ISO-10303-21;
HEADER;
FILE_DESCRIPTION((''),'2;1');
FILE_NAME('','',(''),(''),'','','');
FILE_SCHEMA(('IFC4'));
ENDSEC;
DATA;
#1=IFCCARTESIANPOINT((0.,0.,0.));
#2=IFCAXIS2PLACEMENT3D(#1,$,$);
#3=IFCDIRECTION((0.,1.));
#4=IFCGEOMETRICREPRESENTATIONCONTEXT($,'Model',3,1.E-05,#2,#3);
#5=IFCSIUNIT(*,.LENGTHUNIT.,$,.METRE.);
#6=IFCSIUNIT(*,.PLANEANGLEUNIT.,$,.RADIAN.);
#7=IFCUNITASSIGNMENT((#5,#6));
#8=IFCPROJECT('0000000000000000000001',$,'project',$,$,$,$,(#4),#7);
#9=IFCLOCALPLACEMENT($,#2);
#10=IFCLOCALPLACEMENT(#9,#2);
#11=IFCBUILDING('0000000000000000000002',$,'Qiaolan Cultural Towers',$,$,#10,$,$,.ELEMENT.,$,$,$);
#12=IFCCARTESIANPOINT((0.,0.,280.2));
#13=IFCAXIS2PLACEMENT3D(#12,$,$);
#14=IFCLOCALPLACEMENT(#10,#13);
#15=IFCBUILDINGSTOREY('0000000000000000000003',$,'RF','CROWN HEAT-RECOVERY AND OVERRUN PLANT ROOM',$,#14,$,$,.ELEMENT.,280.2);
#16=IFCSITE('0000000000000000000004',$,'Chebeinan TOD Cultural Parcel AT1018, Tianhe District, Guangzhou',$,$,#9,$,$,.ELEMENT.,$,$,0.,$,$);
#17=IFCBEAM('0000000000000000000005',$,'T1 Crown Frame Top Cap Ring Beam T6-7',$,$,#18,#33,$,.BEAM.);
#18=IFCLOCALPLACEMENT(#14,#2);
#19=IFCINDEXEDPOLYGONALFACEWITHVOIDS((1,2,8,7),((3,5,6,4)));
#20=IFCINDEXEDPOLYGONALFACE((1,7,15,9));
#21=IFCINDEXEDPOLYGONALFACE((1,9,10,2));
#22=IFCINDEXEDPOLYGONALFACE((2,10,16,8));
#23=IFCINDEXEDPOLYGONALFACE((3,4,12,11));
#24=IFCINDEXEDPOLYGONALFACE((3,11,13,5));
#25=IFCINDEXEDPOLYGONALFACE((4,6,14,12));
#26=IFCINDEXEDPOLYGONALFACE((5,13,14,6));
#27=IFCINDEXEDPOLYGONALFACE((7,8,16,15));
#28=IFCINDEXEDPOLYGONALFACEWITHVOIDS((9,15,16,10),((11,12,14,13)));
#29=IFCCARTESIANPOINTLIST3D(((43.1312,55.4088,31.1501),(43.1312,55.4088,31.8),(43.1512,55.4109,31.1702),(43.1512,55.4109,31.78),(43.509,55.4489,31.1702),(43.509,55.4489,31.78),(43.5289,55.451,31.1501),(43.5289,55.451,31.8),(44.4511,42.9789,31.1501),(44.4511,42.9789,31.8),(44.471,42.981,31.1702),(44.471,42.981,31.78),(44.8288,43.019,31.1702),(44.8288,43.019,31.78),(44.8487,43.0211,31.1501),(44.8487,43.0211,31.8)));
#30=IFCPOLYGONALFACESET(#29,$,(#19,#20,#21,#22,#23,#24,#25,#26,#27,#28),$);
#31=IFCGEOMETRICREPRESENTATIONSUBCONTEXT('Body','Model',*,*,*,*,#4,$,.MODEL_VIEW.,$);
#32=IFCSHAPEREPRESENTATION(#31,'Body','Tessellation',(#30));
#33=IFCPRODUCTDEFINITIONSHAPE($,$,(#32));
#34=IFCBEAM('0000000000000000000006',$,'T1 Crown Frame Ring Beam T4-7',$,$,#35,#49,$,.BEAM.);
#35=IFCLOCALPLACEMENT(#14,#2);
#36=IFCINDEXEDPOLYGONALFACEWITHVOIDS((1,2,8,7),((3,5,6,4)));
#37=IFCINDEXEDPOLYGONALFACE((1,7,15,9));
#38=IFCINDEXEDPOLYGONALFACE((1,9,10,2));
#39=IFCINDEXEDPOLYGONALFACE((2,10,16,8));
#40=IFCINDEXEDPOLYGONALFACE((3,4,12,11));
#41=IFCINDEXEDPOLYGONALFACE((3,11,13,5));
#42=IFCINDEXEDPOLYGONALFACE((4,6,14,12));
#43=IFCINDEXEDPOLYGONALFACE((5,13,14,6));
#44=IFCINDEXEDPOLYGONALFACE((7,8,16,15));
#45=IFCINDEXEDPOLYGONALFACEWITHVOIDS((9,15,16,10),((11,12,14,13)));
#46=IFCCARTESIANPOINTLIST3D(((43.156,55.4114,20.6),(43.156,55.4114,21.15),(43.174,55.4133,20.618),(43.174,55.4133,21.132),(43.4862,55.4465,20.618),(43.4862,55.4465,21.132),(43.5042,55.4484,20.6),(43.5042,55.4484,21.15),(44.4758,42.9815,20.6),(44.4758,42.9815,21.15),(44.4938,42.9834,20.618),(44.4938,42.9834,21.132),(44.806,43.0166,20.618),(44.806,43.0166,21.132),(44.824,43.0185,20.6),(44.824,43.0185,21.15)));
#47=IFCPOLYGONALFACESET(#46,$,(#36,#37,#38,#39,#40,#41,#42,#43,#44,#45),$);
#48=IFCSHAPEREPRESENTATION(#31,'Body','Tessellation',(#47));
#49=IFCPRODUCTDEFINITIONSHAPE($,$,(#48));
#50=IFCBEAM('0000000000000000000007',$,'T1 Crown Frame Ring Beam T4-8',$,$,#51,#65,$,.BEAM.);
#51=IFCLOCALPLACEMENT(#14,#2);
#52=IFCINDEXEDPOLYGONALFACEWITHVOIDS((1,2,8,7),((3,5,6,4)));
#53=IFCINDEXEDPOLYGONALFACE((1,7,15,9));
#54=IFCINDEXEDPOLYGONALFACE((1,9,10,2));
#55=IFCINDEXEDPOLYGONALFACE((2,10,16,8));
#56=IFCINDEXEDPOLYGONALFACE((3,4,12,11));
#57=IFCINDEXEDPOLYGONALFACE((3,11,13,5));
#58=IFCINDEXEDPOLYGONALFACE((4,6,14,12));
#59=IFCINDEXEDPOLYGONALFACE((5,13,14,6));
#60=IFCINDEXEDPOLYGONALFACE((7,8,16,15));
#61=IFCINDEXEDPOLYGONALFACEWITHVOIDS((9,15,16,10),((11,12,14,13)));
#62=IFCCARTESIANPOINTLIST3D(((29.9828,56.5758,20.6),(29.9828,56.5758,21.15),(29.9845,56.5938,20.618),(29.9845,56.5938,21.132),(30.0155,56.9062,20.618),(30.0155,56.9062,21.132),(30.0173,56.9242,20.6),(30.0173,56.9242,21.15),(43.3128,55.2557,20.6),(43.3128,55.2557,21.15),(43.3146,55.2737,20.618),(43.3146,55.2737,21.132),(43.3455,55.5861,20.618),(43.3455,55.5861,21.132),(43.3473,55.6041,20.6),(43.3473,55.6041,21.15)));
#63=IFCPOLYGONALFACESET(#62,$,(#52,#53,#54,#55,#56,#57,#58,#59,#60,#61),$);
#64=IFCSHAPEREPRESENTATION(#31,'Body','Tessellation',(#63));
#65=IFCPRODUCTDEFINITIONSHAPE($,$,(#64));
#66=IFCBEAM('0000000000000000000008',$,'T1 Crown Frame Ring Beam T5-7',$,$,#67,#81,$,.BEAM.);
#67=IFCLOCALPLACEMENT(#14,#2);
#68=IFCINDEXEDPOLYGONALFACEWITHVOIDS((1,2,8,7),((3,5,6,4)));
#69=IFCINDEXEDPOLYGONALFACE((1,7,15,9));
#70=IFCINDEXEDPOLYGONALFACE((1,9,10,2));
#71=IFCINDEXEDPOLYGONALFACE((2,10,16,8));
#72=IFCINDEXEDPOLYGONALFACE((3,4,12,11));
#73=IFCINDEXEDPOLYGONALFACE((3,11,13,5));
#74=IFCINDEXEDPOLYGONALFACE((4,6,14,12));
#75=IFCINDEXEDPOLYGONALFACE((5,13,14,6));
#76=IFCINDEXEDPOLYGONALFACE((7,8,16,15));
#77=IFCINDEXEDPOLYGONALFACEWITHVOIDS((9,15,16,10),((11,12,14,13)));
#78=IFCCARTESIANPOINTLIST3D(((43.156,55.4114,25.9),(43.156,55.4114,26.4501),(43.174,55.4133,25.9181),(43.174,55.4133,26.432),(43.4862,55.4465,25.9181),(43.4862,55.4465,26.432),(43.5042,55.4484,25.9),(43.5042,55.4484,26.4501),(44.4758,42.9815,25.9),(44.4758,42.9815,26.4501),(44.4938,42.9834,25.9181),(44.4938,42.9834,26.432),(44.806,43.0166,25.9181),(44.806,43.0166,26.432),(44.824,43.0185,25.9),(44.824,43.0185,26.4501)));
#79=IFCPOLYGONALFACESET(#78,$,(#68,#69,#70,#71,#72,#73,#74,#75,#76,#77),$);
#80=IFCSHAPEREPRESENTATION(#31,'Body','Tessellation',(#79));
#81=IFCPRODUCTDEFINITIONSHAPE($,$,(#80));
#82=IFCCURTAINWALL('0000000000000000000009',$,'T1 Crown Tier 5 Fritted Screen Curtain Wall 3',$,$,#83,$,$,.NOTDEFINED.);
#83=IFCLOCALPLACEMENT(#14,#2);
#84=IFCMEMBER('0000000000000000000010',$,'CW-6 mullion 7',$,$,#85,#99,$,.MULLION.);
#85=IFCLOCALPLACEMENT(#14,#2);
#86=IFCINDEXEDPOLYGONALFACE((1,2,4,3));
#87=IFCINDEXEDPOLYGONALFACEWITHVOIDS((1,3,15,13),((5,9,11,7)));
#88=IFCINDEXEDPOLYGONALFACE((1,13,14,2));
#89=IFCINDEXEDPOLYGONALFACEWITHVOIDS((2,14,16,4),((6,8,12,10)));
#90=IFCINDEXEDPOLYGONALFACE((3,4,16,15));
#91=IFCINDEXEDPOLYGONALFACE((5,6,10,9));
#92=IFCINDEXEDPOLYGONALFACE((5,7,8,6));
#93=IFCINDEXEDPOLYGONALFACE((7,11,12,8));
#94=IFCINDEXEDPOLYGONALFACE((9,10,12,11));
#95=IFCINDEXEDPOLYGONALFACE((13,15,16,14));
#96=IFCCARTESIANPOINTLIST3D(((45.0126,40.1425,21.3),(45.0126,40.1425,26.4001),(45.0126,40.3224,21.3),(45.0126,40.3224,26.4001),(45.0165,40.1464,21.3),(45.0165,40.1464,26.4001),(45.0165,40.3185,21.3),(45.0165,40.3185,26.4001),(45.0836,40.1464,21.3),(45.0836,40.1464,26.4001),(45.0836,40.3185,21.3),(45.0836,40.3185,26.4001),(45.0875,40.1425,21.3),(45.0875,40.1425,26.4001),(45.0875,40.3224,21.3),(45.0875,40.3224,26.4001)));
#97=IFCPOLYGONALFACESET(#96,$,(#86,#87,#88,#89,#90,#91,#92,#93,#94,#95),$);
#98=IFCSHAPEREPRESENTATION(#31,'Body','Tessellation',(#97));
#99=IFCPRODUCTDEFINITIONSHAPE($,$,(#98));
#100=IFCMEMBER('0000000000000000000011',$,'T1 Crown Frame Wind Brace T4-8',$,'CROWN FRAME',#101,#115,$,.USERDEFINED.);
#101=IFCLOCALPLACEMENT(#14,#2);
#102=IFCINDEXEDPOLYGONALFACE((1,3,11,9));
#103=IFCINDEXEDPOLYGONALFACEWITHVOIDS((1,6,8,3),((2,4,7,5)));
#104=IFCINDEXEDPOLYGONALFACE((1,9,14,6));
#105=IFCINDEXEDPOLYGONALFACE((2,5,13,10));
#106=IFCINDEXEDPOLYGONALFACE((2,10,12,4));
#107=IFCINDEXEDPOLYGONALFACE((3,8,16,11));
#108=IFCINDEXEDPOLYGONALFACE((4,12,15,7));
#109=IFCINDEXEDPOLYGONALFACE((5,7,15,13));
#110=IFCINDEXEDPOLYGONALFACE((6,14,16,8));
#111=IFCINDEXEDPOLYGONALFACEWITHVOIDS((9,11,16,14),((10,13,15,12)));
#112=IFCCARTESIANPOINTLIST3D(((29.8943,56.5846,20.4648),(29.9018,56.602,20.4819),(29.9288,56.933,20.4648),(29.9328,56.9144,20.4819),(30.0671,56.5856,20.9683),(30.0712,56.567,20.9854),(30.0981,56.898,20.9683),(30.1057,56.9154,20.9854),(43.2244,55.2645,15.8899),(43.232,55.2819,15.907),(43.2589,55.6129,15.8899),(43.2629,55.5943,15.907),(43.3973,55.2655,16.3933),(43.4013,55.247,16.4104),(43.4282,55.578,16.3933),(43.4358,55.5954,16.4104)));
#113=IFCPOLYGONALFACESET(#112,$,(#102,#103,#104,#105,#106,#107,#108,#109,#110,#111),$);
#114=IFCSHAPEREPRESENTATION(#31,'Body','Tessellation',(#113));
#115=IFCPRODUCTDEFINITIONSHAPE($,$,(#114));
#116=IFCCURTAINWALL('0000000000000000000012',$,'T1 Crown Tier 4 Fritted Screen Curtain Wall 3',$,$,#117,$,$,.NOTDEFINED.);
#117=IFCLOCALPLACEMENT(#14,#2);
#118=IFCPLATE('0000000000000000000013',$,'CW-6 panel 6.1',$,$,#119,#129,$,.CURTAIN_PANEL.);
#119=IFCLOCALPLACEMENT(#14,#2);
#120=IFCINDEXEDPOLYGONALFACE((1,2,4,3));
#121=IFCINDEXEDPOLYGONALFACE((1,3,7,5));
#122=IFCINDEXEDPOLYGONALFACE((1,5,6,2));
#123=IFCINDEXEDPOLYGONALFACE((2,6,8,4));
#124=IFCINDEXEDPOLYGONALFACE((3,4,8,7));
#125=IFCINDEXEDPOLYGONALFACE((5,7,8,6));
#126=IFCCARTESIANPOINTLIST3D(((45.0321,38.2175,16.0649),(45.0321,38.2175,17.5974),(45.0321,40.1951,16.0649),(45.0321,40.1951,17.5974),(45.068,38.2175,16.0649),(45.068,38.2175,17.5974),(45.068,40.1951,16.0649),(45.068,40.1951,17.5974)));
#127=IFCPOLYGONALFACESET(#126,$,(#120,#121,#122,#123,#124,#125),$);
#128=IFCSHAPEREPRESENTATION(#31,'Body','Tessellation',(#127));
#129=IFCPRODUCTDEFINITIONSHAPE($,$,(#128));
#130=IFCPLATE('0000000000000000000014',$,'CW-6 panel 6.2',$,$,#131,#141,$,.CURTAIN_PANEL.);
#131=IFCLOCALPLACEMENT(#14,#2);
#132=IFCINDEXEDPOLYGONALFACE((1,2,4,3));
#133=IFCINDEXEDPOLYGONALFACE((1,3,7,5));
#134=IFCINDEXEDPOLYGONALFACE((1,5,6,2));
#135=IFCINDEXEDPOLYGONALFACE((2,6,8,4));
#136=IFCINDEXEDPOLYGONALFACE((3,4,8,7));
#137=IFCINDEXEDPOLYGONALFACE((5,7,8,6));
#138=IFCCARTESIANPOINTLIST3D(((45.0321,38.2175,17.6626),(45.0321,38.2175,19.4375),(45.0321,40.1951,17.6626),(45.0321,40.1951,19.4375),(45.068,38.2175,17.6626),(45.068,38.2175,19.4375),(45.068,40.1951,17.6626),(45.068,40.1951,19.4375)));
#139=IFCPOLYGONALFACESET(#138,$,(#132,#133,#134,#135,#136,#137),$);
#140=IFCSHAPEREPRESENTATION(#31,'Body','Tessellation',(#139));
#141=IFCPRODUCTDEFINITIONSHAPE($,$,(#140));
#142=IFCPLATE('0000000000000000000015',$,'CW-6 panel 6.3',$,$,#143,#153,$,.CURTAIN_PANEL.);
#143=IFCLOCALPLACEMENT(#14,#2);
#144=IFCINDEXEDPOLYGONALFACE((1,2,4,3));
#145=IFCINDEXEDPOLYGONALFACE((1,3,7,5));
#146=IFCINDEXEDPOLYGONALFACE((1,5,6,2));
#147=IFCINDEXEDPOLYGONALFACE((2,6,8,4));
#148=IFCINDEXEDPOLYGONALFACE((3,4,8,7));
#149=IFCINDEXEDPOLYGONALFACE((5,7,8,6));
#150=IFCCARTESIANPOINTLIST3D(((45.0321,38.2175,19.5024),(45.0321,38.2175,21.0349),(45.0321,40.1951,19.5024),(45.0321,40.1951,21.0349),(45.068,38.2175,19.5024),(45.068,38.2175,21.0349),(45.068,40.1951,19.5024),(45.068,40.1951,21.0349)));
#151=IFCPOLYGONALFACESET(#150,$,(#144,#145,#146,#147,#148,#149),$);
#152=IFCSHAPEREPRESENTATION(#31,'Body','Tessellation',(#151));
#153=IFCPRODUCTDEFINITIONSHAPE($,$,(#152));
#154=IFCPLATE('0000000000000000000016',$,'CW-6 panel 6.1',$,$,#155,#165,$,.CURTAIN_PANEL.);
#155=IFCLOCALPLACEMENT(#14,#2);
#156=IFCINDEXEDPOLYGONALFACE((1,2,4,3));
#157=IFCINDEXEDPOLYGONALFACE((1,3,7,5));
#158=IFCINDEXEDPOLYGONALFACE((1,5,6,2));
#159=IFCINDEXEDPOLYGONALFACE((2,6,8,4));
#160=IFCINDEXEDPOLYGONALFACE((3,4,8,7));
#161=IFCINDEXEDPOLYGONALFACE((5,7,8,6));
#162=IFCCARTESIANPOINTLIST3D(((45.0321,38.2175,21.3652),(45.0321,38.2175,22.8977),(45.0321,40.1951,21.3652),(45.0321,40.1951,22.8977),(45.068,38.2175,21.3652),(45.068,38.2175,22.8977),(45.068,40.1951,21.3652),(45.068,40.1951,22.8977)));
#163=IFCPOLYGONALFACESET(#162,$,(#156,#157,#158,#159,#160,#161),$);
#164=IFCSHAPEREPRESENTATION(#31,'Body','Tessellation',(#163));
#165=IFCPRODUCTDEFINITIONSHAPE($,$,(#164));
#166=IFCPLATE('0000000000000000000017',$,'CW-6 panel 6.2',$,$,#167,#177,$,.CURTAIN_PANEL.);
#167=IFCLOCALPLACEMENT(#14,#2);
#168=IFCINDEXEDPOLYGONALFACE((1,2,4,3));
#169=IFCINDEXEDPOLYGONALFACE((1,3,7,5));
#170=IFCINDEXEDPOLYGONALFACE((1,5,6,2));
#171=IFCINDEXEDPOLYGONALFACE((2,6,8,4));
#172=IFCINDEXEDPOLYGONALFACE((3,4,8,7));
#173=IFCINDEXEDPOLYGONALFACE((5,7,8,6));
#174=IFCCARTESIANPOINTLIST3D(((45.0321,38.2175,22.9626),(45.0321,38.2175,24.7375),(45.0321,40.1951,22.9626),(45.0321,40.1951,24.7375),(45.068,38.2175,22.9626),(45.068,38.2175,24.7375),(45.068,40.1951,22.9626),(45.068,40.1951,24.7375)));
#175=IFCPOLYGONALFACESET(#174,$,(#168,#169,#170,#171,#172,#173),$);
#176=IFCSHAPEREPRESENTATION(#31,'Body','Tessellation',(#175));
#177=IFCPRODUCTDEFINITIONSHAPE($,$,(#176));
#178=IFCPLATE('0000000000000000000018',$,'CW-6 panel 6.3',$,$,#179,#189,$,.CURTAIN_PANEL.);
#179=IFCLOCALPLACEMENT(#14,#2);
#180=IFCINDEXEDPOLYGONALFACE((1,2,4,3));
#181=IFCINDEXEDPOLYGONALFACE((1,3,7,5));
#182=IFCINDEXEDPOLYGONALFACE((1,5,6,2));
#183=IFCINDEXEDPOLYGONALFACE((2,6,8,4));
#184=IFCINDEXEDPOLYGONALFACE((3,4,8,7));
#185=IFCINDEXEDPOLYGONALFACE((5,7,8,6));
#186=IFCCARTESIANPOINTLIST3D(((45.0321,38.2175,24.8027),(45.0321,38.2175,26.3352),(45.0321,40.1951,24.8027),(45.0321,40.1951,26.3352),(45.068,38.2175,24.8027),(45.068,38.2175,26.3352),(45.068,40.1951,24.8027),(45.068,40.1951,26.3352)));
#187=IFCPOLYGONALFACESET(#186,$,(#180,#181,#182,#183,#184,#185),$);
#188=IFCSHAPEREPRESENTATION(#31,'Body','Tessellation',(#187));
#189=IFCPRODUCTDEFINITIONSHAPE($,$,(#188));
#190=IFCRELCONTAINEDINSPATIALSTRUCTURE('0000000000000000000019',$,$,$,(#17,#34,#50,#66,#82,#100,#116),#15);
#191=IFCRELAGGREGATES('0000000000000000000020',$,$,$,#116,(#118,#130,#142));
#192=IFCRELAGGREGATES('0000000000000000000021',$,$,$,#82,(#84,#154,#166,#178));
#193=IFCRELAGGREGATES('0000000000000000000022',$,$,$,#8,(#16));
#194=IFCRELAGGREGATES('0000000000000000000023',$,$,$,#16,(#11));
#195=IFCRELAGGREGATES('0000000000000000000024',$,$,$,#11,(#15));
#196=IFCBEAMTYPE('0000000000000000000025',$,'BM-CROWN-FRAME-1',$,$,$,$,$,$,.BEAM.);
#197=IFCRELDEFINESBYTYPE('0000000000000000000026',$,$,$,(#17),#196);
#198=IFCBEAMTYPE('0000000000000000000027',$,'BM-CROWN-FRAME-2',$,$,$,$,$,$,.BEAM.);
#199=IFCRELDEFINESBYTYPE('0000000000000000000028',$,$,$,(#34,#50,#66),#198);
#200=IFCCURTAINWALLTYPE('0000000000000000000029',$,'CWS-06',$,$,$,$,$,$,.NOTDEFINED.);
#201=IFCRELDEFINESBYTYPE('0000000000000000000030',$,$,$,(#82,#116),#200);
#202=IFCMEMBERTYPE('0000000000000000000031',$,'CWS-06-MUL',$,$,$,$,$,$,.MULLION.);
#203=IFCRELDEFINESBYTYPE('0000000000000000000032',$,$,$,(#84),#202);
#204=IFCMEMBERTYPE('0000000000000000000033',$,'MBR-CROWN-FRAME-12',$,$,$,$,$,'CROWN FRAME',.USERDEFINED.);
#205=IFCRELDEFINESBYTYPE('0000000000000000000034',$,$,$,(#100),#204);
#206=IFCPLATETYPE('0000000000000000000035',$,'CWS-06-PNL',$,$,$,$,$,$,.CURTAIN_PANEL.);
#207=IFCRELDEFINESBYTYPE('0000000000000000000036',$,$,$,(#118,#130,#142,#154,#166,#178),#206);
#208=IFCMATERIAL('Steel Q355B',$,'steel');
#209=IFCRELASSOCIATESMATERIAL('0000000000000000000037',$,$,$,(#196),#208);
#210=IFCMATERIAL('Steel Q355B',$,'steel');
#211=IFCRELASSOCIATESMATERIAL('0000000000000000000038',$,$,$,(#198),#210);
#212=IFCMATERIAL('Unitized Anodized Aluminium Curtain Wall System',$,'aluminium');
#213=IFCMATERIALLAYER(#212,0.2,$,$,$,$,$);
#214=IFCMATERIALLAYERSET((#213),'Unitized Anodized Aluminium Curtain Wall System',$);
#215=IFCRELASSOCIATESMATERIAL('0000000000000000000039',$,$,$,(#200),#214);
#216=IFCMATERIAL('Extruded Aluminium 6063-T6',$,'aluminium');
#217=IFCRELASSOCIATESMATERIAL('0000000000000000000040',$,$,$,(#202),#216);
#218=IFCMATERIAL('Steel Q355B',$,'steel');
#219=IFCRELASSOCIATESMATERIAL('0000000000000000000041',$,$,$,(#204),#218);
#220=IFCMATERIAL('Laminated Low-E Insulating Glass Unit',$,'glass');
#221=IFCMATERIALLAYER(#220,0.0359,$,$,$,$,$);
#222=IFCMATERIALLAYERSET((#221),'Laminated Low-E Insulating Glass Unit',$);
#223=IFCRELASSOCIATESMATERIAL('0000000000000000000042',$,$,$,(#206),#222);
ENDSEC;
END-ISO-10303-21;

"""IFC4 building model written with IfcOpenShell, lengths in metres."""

from ifc_helpers import new_model, si_unit, direction, frame, origin, origin_2d, place, context, subcontext, project, spatial, rectangle, hollow_rectangle, extrude, material, layer, layer_set, material_profile, profile_set, type_object, element, aggregate, save


model = new_model("IFC4")

# Units and contexts
model_context = context("Model", 3, precision=1e-05, world=origin(), true_north=direction((0.0, 1.0)))
body_context = subcontext(model_context, "Body", "Model", "MODEL_VIEW")
ifc_project = project(units=[si_unit("LENGTHUNIT", "METRE"), si_unit("PLANEANGLEUNIT", "RADIAN")], contexts=[model_context])

# Site, building, storey
site_placement = place(None, origin())
site = spatial("IfcSite", under=ifc_project, at=site_placement, Name="Chebeinan TOD Cultural Parcel AT1018, Tianhe District, Guangzhou", CompositionType="ELEMENT", RefElevation=0.0)
building_placement = place(site_placement, origin())
building = spatial("IfcBuilding", under=site, at=building_placement, Name="Qiaolan Cultural Towers", CompositionType="ELEMENT")
storey_placement = place(building_placement, frame((0.0, 0.0, 280.2)))
storey = spatial("IfcBuildingStorey", under=building, at=storey_placement, Name="RF", Description="CROWN HEAT-RECOVERY AND OVERRUN PLANT ROOM", CompositionType="ELEMENT", Elevation=280.2)

# Beams
ifc_material_1 = material(Name="Steel Q355B", Category="steel")
ifc_material_profile_1 = material_profile(ifc_material_1, hollow_rectangle(XDim=0.3999, YDim=0.6499, WallThickness=0.02, at=origin_2d()), Name="BOX650x400x20")
ifc_profile_set_1 = profile_set([ifc_material_profile_1], Name="Steel Q355B")
beam_type_1 = type_object("IfcBeamType", Name="BM-CROWN-FRAME-1", PredefinedType="BEAM", material=ifc_profile_set_1)
beam_1_placement = place(storey_placement, frame((44.6499, 43.0, 31.4751), z_axis=(-0.105588, 0.99441, 0.0), x_axis=(-0.99441, -0.105588, 0.0)))
element("IfcBeam", 1, at=beam_1_placement, inside=storey, type_object=beam_type_1, Name="T1 Crown Frame Top Cap Ring Beam T6-7", PredefinedType="BEAM", context=body_context, shape_type="SweptSolid", body=[
    extrude(hollow_rectangle(XDim=0.3999, YDim=0.6499, WallThickness=0.02, at=origin_2d()), origin(), (0.0, 0.0, 1.0), 12.4998),
])
ifc_material_2 = material(Name="Steel Q355B", Category="steel")
ifc_material_profile_2 = material_profile(ifc_material_2, hollow_rectangle(XDim=0.3501, YDim=0.55, WallThickness=0.0181, at=origin_2d()), Name="BOX550x350x18")
ifc_profile_set_2 = profile_set([ifc_material_profile_2], Name="Steel Q355B")
beam_type_2 = type_object("IfcBeamType", Name="BM-CROWN-FRAME-2", PredefinedType="BEAM", material=ifc_profile_set_2)
beam_2_placement = place(storey_placement, frame((44.6499, 43.0, 20.875), z_axis=(-0.105588, 0.99441, 0.0), x_axis=(-0.99441, -0.105588, 0.0)))
element("IfcBeam", 2, at=beam_2_placement, inside=storey, type_object=beam_type_2, Name="T1 Crown Frame Ring Beam T4-7", PredefinedType="BEAM", context=body_context, shape_type="SweptSolid", body=[
    extrude(hollow_rectangle(XDim=0.3501, YDim=0.55, WallThickness=0.0181, at=origin_2d()), origin(), (0.0, 0.0, 1.0), 12.4998),
])
beam_3_placement = place(storey_placement, frame((43.3301, 55.4299, 20.875), z_axis=(-0.995132, 0.098547, 0.0), x_axis=(-0.098547, -0.995132, 0.0)))
element("IfcBeam", 3, at=beam_3_placement, inside=storey, type_object=beam_type_2, Name="T1 Crown Frame Ring Beam T4-8", PredefinedType="BEAM", context=body_context, shape_type="SweptSolid", body=[
    extrude(hollow_rectangle(XDim=0.3501, YDim=0.55, WallThickness=0.0181, at=origin_2d()), origin(), (0.0, 0.0, 1.0), 13.3953),
])
beam_4_placement = place(storey_placement, frame((44.6499, 43.0, 26.175), z_axis=(-0.105588, 0.99441, 0.0), x_axis=(-0.99441, -0.105588, 0.0)))
element("IfcBeam", 4, at=beam_4_placement, inside=storey, type_object=beam_type_2, Name="T1 Crown Frame Ring Beam T5-7", PredefinedType="BEAM", context=body_context, shape_type="SweptSolid", body=[
    extrude(hollow_rectangle(XDim=0.3501, YDim=0.55, WallThickness=0.0181, at=origin_2d()), origin(), (0.0, 0.0, 1.0), 12.4998),
])

# Curtain wall, member
ifc_material_3 = material(Name="Unitized Anodized Aluminium Curtain Wall System", Category="aluminium")
ifc_layer_1 = layer(ifc_material_3, 0.2)
ifc_layer_set_1 = layer_set([ifc_layer_1], Name="Unitized Anodized Aluminium Curtain Wall System")
curtain_wall_type = type_object("IfcCurtainWallType", Name="CWS-06", PredefinedType="NOTDEFINED", material=ifc_layer_set_1)
curtain_wall_1_placement = place(storey_placement, origin())
curtain_wall_1 = element("IfcCurtainWall", 5, at=curtain_wall_1_placement, inside=storey, type_object=curtain_wall_type, Name="T1 Crown Tier 5 Fritted Screen Curtain Wall 3", PredefinedType="NOTDEFINED")
ifc_material_4 = material(Name="Extruded Aluminium 6063-T6", Category="aluminium")
ifc_material_profile_3 = material_profile(ifc_material_4, hollow_rectangle(XDim=0.075, YDim=0.1799, WallThickness=0.0039, at=origin_2d()), Name="CWM-180x75x4")
ifc_profile_set_3 = profile_set([ifc_material_profile_3], Name="Extruded Aluminium 6063-T6")
member_type_1 = type_object("IfcMemberType", Name="CWS-06-MUL", PredefinedType="MULLION", material=ifc_profile_set_3)
member_1_placement = place(storey_placement, frame((45.05, 40.2324, 21.3), z_axis=(0.0, 0.0, 1.0), x_axis=(-1.0, 0.0, 0.0)))
member_1 = element("IfcMember", 6, at=member_1_placement, type_object=member_type_1, Name="CW-6 mullion 7", PredefinedType="MULLION", context=body_context, shape_type="SweptSolid", body=[
    extrude(hollow_rectangle(XDim=0.075, YDim=0.1799, WallThickness=0.0039, at=origin_2d()), origin(), (0.0, 0.0, 1.0), 5.1001),
])

# Member
ifc_material_5 = material(Name="Steel Q355B", Category="steel")
ifc_material_profile_4 = material_profile(ifc_material_5, hollow_rectangle(XDim=0.3501, YDim=0.55, WallThickness=0.0181, at=origin_2d()), Name="BOX550x350x18")
ifc_profile_set_4 = profile_set([ifc_material_profile_4], Name="Steel Q355B")
member_type_2 = type_object("IfcMemberType", Name="MBR-CROWN-FRAME-12", ElementType="CROWN FRAME", PredefinedType="USERDEFINED", material=ifc_profile_set_4)
member_2_placement = place(storey_placement, frame((43.3301, 55.4299, 16.1501), z_axis=(-0.941723, 0.093258, 0.323204), x_axis=(-0.098547, -0.995132, 0.0)))
element("IfcMember", 7, at=member_2_placement, inside=storey, type_object=member_type_2, Name="T1 Crown Frame Wind Brace T4-8", ObjectType="CROWN FRAME", PredefinedType="USERDEFINED", context=body_context, shape_type="SweptSolid", body=[
    extrude(hollow_rectangle(XDim=0.3501, YDim=0.55, WallThickness=0.0181, at=origin_2d()), origin(), (0.0, 0.0, 1.0), 14.155),
])

# Curtain wall, plates
curtain_wall_2_placement = place(storey_placement, origin())
curtain_wall_2 = element("IfcCurtainWall", 8, at=curtain_wall_2_placement, inside=storey, type_object=curtain_wall_type, Name="T1 Crown Tier 4 Fritted Screen Curtain Wall 3", PredefinedType="NOTDEFINED")
ifc_material_6 = material(Name="Laminated Low-E Insulating Glass Unit", Category="glass")
ifc_layer_2 = layer(ifc_material_6, 0.0359)
ifc_layer_set_2 = layer_set([ifc_layer_2], Name="Laminated Low-E Insulating Glass Unit")
plate_type_1 = type_object("IfcPlateType", Name="CWS-06-PNL", PredefinedType="CURTAIN_PANEL", material=ifc_layer_set_2)
plate_1_placement = place(storey_placement, frame((45.05, 39.2063, 16.0649), z_axis=(0.0, 0.0, 1.0), x_axis=(0.0, 1.0, 0.0)))
plate_1 = element("IfcPlate", 9, at=plate_1_placement, type_object=plate_type_1, Name="CW-6 panel 6.1", PredefinedType="CURTAIN_PANEL", context=body_context, shape_type="SweptSolid", body=[
    extrude(rectangle(XDim=1.9775, YDim=0.0359, at=origin_2d()), origin(), (0.0, 0.0, 1.0), 1.5325),
])
plate_2_placement = place(storey_placement, frame((45.05, 39.2063, 17.6626), z_axis=(0.0, 0.0, 1.0), x_axis=(0.0, 1.0, 0.0)))
plate_2 = element("IfcPlate", 10, at=plate_2_placement, type_object=plate_type_1, Name="CW-6 panel 6.2", PredefinedType="CURTAIN_PANEL", context=body_context, shape_type="SweptSolid", body=[
    extrude(rectangle(XDim=1.9775, YDim=0.0359, at=origin_2d()), origin(), (0.0, 0.0, 1.0), 1.7749),
])
plate_3_placement = place(storey_placement, frame((45.05, 39.2063, 19.5024), z_axis=(0.0, 0.0, 1.0), x_axis=(0.0, 1.0, 0.0)))
plate_3 = element("IfcPlate", 11, at=plate_3_placement, type_object=plate_type_1, Name="CW-6 panel 6.3", PredefinedType="CURTAIN_PANEL", context=body_context, shape_type="SweptSolid", body=[
    extrude(rectangle(XDim=1.9775, YDim=0.0359, at=origin_2d()), origin(), (0.0, 0.0, 1.0), 1.5325),
])
aggregate(curtain_wall_2, [plate_1, plate_2, plate_3])

# Plates
plate_4_placement = place(storey_placement, frame((45.05, 39.2063, 21.3652), z_axis=(0.0, 0.0, 1.0), x_axis=(0.0, 1.0, 0.0)))
plate_4 = element("IfcPlate", 12, at=plate_4_placement, type_object=plate_type_1, Name="CW-6 panel 6.1", PredefinedType="CURTAIN_PANEL", context=body_context, shape_type="SweptSolid", body=[
    extrude(rectangle(XDim=1.9775, YDim=0.0359, at=origin_2d()), origin(), (0.0, 0.0, 1.0), 1.5325),
])
plate_5_placement = place(storey_placement, frame((45.05, 39.2063, 22.9626), z_axis=(0.0, 0.0, 1.0), x_axis=(0.0, 1.0, 0.0)))
plate_5 = element("IfcPlate", 13, at=plate_5_placement, type_object=plate_type_1, Name="CW-6 panel 6.2", PredefinedType="CURTAIN_PANEL", context=body_context, shape_type="SweptSolid", body=[
    extrude(rectangle(XDim=1.9775, YDim=0.0359, at=origin_2d()), origin(), (0.0, 0.0, 1.0), 1.7749),
])
plate_6_placement = place(storey_placement, frame((45.05, 39.2063, 24.8027), z_axis=(0.0, 0.0, 1.0), x_axis=(0.0, 1.0, 0.0)))
plate_6 = element("IfcPlate", 14, at=plate_6_placement, type_object=plate_type_1, Name="CW-6 panel 6.3", PredefinedType="CURTAIN_PANEL", context=body_context, shape_type="SweptSolid", body=[
    extrude(rectangle(XDim=1.9775, YDim=0.0359, at=origin_2d()), origin(), (0.0, 0.0, 1.0), 1.5325),
])
aggregate(curtain_wall_1, [member_1, plate_4, plate_5, plate_6])

save(model, "model.ifc")
